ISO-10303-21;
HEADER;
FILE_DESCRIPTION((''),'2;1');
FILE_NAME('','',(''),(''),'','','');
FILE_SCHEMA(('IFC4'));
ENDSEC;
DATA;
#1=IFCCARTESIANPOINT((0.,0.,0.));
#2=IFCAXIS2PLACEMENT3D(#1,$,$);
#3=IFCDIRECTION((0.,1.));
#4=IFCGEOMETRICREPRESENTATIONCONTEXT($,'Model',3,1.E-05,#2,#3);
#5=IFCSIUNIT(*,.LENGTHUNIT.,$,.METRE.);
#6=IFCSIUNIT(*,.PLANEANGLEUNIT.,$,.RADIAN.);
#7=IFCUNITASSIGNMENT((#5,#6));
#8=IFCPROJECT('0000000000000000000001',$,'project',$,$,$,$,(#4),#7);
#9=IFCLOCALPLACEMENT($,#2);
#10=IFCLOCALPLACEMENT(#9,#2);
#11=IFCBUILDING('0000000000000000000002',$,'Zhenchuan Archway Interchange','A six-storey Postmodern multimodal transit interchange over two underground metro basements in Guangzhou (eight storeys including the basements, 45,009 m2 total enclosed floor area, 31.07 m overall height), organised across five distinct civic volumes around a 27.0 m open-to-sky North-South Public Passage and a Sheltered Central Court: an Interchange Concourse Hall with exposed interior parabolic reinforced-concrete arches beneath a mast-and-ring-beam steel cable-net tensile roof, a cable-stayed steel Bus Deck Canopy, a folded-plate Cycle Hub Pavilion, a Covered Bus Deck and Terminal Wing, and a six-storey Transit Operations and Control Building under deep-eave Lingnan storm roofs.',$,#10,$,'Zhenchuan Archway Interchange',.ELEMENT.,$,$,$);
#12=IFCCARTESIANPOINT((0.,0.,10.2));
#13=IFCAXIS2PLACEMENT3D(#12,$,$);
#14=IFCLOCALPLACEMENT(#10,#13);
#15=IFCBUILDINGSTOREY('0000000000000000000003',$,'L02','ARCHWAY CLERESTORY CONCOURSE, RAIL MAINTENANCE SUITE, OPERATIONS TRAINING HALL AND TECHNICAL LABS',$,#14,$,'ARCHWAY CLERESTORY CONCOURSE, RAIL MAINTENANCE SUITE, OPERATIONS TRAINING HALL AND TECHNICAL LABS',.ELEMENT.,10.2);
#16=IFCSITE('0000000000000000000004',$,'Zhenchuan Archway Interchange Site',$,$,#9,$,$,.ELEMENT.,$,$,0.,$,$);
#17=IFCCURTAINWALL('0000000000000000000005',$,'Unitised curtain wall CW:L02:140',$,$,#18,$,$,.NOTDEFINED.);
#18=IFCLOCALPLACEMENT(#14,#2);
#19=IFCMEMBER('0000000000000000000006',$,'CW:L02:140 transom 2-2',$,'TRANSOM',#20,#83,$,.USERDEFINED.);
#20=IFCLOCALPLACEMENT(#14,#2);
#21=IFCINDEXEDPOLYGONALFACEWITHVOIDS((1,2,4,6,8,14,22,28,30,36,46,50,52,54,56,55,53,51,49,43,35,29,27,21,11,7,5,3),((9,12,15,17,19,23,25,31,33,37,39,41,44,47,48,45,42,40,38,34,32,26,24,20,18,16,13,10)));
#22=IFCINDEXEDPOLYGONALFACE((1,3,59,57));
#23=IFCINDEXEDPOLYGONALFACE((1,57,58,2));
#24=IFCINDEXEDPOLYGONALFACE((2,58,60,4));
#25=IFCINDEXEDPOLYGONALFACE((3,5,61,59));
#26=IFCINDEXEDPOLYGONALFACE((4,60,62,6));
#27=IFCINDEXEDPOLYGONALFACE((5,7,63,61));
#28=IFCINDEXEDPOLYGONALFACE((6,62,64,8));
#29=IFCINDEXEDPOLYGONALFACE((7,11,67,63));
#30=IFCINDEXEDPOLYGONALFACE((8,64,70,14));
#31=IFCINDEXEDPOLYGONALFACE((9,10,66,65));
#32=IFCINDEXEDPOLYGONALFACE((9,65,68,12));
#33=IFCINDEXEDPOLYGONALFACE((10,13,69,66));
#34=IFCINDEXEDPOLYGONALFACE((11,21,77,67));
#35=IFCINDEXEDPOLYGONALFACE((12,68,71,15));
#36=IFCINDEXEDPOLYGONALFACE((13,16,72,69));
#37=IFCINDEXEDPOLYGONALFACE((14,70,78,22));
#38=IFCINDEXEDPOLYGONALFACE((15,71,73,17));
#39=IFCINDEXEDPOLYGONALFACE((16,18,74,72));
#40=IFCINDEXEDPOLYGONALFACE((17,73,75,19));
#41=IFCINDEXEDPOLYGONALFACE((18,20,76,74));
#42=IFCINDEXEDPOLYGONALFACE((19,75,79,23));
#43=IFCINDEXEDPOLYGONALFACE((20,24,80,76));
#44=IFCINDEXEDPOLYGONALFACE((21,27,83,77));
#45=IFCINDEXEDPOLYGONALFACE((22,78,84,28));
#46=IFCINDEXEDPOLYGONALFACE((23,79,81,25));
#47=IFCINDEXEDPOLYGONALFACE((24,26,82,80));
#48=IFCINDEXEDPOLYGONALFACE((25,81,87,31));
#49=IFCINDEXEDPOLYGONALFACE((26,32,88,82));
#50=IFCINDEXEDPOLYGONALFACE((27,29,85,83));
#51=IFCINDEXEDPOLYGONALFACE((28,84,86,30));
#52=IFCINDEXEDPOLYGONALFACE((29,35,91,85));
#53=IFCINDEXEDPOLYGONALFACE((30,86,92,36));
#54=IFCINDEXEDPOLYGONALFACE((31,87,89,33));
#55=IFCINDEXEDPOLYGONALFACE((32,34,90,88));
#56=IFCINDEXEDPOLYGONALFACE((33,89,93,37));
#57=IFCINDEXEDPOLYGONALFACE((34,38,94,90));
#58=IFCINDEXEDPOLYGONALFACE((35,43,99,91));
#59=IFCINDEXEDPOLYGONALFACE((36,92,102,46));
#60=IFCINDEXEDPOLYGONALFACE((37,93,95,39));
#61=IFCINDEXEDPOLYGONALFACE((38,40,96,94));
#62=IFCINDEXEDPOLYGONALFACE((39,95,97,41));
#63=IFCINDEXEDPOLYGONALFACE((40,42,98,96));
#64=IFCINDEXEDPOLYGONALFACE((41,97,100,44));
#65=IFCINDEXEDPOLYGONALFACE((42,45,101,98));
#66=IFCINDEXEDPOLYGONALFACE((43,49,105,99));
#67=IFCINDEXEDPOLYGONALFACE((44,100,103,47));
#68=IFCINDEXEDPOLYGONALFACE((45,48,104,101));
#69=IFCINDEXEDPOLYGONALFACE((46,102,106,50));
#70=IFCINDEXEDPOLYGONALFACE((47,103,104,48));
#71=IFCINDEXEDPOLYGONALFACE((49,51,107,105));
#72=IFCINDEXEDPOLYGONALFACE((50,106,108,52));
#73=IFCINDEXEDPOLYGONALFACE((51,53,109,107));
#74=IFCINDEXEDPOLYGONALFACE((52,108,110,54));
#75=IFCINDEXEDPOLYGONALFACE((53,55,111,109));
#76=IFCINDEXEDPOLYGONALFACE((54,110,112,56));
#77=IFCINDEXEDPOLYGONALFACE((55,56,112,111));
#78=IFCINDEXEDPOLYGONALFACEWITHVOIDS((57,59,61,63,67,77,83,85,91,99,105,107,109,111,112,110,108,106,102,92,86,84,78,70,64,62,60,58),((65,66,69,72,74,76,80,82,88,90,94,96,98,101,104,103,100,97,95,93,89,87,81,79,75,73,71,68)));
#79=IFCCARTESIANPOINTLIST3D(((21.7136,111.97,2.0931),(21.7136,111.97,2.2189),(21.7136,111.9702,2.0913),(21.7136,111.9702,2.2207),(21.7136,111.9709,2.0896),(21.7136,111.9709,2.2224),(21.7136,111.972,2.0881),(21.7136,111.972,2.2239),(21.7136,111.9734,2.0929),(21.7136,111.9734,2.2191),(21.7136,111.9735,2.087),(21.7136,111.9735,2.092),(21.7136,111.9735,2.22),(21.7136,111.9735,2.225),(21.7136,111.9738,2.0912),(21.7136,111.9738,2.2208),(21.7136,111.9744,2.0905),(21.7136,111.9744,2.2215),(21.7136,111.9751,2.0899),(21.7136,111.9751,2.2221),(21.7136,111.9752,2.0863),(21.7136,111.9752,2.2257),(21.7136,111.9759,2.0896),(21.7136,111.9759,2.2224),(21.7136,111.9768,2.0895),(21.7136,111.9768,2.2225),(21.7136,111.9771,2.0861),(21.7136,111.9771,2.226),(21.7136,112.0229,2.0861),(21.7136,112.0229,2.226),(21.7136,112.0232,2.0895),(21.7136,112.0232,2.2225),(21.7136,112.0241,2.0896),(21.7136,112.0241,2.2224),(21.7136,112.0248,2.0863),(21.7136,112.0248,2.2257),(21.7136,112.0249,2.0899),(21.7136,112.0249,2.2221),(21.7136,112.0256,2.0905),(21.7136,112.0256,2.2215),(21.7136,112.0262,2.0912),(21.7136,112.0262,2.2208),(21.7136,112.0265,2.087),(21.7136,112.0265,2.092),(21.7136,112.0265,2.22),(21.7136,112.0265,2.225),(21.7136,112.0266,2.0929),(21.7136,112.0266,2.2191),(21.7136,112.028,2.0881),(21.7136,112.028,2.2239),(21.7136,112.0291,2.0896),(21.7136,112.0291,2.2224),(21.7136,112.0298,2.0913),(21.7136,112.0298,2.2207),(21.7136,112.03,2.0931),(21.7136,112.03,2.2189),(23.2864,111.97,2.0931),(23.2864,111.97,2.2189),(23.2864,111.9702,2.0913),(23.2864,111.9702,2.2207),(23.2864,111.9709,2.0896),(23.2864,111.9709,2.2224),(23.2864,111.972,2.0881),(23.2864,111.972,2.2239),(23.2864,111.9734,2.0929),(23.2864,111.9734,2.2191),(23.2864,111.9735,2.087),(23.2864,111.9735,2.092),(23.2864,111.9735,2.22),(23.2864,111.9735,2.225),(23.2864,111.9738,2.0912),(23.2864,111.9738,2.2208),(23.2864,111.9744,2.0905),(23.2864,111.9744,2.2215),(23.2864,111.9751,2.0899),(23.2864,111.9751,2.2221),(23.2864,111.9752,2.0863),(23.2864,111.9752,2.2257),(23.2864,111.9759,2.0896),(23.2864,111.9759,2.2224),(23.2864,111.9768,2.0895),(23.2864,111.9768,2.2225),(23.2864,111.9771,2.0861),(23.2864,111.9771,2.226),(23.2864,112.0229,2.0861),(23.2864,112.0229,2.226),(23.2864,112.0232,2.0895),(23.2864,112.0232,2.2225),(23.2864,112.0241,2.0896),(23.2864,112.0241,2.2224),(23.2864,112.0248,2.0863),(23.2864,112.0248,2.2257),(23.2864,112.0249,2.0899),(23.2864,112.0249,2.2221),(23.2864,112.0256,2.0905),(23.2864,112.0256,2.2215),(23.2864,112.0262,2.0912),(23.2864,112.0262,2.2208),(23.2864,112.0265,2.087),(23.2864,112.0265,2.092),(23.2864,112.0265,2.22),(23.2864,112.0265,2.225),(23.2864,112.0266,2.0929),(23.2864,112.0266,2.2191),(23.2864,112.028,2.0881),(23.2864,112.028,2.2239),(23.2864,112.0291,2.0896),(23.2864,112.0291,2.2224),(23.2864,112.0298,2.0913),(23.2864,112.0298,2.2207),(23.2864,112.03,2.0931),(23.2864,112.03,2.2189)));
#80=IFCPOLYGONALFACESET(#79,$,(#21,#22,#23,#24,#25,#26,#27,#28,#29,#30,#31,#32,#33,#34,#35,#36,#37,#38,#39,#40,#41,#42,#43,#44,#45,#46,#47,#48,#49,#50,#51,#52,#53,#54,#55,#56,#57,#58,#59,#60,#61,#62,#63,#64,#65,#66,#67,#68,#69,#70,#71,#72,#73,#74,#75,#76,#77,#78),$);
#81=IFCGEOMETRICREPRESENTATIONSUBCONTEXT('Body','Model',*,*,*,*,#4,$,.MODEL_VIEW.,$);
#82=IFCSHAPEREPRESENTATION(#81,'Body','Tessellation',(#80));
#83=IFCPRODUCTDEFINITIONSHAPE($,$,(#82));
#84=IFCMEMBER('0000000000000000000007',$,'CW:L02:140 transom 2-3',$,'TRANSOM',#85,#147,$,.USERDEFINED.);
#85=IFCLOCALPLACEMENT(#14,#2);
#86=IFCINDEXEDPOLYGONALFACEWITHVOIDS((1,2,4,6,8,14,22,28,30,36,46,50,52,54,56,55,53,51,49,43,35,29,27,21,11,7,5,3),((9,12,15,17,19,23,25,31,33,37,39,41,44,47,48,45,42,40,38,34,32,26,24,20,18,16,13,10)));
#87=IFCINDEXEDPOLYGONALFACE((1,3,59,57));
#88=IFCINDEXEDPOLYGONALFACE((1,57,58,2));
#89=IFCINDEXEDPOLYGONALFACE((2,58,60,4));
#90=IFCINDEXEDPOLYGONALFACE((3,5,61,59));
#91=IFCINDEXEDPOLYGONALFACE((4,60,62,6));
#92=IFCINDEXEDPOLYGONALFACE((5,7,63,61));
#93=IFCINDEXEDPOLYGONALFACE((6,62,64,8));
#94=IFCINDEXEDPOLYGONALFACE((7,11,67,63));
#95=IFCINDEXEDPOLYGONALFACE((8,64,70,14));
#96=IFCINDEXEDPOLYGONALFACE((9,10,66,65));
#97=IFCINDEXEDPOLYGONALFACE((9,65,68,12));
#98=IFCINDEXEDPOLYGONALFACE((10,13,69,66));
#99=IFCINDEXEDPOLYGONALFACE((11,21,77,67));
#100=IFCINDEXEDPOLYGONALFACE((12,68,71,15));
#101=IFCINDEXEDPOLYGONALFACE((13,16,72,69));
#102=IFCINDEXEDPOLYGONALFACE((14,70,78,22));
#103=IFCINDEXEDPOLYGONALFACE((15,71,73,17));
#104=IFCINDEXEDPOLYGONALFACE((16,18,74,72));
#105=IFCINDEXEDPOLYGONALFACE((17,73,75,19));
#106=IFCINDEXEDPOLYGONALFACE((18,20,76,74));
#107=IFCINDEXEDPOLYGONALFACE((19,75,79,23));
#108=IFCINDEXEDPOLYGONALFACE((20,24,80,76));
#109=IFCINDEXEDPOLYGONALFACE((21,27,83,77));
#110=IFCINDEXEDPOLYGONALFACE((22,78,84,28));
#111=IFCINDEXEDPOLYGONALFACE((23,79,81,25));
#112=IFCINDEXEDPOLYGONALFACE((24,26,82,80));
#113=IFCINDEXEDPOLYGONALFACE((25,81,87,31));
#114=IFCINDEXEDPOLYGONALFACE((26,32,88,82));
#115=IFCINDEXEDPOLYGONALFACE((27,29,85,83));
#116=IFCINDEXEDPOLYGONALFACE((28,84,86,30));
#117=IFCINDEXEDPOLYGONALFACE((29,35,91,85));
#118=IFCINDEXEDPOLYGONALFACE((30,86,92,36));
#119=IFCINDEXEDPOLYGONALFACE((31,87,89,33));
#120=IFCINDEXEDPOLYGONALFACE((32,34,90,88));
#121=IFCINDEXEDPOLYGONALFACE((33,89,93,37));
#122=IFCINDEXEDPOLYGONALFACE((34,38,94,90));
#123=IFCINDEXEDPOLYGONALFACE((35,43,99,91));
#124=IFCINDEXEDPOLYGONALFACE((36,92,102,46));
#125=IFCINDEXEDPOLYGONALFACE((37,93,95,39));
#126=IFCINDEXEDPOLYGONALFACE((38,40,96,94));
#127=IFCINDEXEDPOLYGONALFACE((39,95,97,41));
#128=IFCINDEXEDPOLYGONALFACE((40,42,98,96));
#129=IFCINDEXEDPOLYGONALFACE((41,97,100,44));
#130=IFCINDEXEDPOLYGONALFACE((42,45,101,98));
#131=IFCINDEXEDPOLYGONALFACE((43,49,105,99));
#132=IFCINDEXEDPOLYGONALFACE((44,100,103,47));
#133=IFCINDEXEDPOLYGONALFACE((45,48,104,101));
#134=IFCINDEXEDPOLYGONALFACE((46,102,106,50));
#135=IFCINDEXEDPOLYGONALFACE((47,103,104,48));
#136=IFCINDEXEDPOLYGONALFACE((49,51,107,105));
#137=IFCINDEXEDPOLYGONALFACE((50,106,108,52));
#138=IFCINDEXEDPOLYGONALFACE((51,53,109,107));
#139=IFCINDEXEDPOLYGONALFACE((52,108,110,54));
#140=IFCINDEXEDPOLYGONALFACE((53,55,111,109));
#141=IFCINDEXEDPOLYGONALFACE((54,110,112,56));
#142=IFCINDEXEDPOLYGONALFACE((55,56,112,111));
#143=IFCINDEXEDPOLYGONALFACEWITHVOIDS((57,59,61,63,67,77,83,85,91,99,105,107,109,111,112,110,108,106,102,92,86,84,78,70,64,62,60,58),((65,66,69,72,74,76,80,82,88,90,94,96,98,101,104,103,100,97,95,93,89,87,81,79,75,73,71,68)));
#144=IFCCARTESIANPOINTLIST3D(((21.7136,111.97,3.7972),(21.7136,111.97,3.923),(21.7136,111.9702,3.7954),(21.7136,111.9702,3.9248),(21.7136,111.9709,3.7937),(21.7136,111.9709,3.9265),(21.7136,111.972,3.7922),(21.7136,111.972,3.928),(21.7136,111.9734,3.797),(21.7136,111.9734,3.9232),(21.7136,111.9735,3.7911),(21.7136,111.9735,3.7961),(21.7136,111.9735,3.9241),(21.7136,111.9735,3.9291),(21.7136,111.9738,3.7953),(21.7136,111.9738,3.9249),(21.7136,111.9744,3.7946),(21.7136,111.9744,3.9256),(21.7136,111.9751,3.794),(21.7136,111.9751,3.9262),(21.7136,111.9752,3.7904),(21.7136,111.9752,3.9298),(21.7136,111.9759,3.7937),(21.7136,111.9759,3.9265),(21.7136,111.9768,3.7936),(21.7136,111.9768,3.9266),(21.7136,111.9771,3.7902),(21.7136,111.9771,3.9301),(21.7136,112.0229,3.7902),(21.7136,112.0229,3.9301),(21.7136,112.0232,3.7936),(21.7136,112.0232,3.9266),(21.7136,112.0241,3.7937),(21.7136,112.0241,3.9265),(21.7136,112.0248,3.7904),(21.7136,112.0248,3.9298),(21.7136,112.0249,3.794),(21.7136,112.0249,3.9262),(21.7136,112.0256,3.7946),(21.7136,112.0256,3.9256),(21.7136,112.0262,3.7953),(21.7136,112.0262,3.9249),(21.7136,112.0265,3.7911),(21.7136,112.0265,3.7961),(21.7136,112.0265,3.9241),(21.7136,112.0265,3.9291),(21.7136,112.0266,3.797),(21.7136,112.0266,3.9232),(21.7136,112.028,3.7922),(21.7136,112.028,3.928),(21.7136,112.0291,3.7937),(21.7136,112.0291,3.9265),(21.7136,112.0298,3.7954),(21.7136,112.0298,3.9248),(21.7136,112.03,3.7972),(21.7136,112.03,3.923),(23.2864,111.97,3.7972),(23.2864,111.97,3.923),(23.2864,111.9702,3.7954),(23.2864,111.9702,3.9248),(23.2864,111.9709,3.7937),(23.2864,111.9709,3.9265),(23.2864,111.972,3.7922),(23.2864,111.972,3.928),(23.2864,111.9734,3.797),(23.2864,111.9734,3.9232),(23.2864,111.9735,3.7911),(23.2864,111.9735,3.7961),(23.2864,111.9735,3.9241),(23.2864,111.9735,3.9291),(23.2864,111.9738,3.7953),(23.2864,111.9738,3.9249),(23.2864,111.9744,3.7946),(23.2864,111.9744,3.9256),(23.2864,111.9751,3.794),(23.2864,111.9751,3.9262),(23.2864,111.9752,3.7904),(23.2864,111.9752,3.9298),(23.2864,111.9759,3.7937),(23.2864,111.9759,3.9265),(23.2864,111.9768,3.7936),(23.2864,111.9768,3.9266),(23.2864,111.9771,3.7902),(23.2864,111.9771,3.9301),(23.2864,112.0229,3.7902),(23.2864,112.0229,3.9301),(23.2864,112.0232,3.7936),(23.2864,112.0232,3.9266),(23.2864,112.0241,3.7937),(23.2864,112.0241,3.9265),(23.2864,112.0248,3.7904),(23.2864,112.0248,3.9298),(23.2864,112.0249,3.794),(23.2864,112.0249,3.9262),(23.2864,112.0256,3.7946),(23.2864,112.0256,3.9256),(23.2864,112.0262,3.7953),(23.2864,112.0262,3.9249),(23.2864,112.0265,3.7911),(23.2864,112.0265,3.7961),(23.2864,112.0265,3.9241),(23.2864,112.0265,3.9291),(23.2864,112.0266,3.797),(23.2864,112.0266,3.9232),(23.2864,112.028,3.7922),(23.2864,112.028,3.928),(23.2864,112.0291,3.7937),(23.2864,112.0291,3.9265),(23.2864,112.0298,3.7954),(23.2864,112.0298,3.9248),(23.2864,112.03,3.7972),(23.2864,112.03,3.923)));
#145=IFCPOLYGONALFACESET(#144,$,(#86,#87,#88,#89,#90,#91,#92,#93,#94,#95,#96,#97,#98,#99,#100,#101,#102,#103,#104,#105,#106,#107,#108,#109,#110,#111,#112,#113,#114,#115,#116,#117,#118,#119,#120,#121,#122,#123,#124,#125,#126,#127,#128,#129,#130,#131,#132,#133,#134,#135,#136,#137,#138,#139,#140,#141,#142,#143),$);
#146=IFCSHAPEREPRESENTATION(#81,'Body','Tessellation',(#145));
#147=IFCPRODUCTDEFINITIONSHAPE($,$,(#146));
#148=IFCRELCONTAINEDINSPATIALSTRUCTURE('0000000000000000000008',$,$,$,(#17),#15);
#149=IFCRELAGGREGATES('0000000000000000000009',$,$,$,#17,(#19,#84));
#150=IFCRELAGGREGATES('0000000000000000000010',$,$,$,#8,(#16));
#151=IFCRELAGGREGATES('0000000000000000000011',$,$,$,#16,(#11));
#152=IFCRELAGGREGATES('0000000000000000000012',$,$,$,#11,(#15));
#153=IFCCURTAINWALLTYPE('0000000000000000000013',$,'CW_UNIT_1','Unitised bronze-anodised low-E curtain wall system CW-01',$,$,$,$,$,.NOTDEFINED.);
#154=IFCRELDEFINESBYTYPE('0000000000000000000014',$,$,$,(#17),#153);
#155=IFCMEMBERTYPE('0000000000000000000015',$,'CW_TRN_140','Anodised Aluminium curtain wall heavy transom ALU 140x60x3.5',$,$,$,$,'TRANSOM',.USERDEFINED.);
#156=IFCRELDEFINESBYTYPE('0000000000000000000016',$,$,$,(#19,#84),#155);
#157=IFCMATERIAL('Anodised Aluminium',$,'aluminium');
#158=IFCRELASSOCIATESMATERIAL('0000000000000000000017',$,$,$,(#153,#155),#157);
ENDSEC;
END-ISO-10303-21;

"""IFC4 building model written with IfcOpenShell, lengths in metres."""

from ifc_helpers import new_model, si_unit, direction, frame, origin, origin_2d, place, context, subcontext, project, spatial, hollow_rectangle, extrude, material, material_profile, profile_set, type_object, element, aggregate, save


model = new_model("IFC4")

# Units and contexts
model_context = context("Model", 3, precision=1e-05, world=origin(), true_north=direction((0.0, 1.0)))
body_context = subcontext(model_context, "Body", "Model", "MODEL_VIEW")
ifc_project = project(units=[si_unit("LENGTHUNIT", "METRE"), si_unit("PLANEANGLEUNIT", "RADIAN")], contexts=[model_context])

# Site, building, storey
site_placement = place(None, origin())
site = spatial("IfcSite", under=ifc_project, at=site_placement, Name="Zhenchuan Archway Interchange Site", CompositionType="ELEMENT", RefElevation=0.0)
building_placement = place(site_placement, origin())
building = spatial("IfcBuilding", under=site, at=building_placement, Name="Zhenchuan Archway Interchange", Description="A six-storey Postmodern multimodal transit interchange over two underground metro basements in Guangzhou (eight storeys including the basements, 45,009 m2 total enclosed floor area, 31.07 m overall height), organised across five distinct civic volumes around a 27.0 m open-to-sky North-South Public Passage and a Sheltered Central Court: an Interchange Concourse Hall with exposed interior parabolic reinforced-concrete arches beneath a mast-and-ring-beam steel cable-net tensile roof, a cable-stayed steel Bus Deck Canopy, a folded-plate Cycle Hub Pavilion, a Covered Bus Deck and Terminal Wing, and a six-storey Transit Operations and Control Building under deep-eave Lingnan storm roofs.", LongName="Zhenchuan Archway Interchange", CompositionType="ELEMENT")
storey_placement = place(building_placement, frame((0.0, 0.0, 10.2)))
storey = spatial("IfcBuildingStorey", under=building, at=storey_placement, Name="L02", Description="ARCHWAY CLERESTORY CONCOURSE, RAIL MAINTENANCE SUITE, OPERATIONS TRAINING HALL AND TECHNICAL LABS", LongName="ARCHWAY CLERESTORY CONCOURSE, RAIL MAINTENANCE SUITE, OPERATIONS TRAINING HALL AND TECHNICAL LABS", CompositionType="ELEMENT", Elevation=10.2)

# Curtain wall, members
ifc_material_1 = material(Name="Anodised Aluminium", Category="aluminium")
curtain_wall_type = type_object("IfcCurtainWallType", Name="CW_UNIT_1", Description="Unitised bronze-anodised low-E curtain wall system CW-01", PredefinedType="NOTDEFINED", material=ifc_material_1)
curtain_wall_placement = place(storey_placement, origin())
curtain_wall = element("IfcCurtainWall", 1, at=curtain_wall_placement, inside=storey, type_object=curtain_wall_type, Name="Unitised curtain wall CW:L02:140", PredefinedType="NOTDEFINED")
ifc_material_profile_1 = material_profile(ifc_material_1, hollow_rectangle(XDim=0.0601, YDim=0.1399, WallThickness=0.0034, InnerFilletRadius=0.0034, OuterFilletRadius=0.0071, at=origin_2d()), Name="ALU 140x60x3.5")
ifc_profile_set_1 = profile_set([ifc_material_profile_1], Name="Anodised Aluminium")
member_type_1 = type_object("IfcMemberType", Name="CW_TRN_140", Description="Anodised Aluminium curtain wall heavy transom ALU 140x60x3.5", ElementType="TRANSOM", PredefinedType="USERDEFINED", material=ifc_profile_set_1)
member_1_placement = place(storey_placement, frame((21.7136, 112.0, 2.156), z_axis=(1.0, 0.0, 0.0), x_axis=(0.0, 1.0, 0.0)))
member_1 = element("IfcMember", 2, at=member_1_placement, type_object=member_type_1, Name="CW:L02:140 transom 2-2", ObjectType="TRANSOM", PredefinedType="USERDEFINED", context=body_context, shape_type="SweptSolid", body=[
    extrude(hollow_rectangle(XDim=0.0601, YDim=0.1399, WallThickness=0.0034, InnerFilletRadius=0.0034, OuterFilletRadius=0.0071, at=origin_2d()), origin(), (0.0, 0.0, 1.0), 1.5728),
])
member_2_placement = place(storey_placement, frame((21.7136, 112.0, 3.8601), z_axis=(1.0, 0.0, 0.0), x_axis=(0.0, 1.0, 0.0)))
member_2 = element("IfcMember", 3, at=member_2_placement, type_object=member_type_1, Name="CW:L02:140 transom 2-3", ObjectType="TRANSOM", PredefinedType="USERDEFINED", context=body_context, shape_type="SweptSolid", body=[
    extrude(hollow_rectangle(XDim=0.0601, YDim=0.1399, WallThickness=0.0034, InnerFilletRadius=0.0034, OuterFilletRadius=0.0071, at=origin_2d()), origin(), (0.0, 0.0, 1.0), 1.5728),
])
aggregate(curtain_wall, [member_1, member_2])

save(model, "model.ifc")
